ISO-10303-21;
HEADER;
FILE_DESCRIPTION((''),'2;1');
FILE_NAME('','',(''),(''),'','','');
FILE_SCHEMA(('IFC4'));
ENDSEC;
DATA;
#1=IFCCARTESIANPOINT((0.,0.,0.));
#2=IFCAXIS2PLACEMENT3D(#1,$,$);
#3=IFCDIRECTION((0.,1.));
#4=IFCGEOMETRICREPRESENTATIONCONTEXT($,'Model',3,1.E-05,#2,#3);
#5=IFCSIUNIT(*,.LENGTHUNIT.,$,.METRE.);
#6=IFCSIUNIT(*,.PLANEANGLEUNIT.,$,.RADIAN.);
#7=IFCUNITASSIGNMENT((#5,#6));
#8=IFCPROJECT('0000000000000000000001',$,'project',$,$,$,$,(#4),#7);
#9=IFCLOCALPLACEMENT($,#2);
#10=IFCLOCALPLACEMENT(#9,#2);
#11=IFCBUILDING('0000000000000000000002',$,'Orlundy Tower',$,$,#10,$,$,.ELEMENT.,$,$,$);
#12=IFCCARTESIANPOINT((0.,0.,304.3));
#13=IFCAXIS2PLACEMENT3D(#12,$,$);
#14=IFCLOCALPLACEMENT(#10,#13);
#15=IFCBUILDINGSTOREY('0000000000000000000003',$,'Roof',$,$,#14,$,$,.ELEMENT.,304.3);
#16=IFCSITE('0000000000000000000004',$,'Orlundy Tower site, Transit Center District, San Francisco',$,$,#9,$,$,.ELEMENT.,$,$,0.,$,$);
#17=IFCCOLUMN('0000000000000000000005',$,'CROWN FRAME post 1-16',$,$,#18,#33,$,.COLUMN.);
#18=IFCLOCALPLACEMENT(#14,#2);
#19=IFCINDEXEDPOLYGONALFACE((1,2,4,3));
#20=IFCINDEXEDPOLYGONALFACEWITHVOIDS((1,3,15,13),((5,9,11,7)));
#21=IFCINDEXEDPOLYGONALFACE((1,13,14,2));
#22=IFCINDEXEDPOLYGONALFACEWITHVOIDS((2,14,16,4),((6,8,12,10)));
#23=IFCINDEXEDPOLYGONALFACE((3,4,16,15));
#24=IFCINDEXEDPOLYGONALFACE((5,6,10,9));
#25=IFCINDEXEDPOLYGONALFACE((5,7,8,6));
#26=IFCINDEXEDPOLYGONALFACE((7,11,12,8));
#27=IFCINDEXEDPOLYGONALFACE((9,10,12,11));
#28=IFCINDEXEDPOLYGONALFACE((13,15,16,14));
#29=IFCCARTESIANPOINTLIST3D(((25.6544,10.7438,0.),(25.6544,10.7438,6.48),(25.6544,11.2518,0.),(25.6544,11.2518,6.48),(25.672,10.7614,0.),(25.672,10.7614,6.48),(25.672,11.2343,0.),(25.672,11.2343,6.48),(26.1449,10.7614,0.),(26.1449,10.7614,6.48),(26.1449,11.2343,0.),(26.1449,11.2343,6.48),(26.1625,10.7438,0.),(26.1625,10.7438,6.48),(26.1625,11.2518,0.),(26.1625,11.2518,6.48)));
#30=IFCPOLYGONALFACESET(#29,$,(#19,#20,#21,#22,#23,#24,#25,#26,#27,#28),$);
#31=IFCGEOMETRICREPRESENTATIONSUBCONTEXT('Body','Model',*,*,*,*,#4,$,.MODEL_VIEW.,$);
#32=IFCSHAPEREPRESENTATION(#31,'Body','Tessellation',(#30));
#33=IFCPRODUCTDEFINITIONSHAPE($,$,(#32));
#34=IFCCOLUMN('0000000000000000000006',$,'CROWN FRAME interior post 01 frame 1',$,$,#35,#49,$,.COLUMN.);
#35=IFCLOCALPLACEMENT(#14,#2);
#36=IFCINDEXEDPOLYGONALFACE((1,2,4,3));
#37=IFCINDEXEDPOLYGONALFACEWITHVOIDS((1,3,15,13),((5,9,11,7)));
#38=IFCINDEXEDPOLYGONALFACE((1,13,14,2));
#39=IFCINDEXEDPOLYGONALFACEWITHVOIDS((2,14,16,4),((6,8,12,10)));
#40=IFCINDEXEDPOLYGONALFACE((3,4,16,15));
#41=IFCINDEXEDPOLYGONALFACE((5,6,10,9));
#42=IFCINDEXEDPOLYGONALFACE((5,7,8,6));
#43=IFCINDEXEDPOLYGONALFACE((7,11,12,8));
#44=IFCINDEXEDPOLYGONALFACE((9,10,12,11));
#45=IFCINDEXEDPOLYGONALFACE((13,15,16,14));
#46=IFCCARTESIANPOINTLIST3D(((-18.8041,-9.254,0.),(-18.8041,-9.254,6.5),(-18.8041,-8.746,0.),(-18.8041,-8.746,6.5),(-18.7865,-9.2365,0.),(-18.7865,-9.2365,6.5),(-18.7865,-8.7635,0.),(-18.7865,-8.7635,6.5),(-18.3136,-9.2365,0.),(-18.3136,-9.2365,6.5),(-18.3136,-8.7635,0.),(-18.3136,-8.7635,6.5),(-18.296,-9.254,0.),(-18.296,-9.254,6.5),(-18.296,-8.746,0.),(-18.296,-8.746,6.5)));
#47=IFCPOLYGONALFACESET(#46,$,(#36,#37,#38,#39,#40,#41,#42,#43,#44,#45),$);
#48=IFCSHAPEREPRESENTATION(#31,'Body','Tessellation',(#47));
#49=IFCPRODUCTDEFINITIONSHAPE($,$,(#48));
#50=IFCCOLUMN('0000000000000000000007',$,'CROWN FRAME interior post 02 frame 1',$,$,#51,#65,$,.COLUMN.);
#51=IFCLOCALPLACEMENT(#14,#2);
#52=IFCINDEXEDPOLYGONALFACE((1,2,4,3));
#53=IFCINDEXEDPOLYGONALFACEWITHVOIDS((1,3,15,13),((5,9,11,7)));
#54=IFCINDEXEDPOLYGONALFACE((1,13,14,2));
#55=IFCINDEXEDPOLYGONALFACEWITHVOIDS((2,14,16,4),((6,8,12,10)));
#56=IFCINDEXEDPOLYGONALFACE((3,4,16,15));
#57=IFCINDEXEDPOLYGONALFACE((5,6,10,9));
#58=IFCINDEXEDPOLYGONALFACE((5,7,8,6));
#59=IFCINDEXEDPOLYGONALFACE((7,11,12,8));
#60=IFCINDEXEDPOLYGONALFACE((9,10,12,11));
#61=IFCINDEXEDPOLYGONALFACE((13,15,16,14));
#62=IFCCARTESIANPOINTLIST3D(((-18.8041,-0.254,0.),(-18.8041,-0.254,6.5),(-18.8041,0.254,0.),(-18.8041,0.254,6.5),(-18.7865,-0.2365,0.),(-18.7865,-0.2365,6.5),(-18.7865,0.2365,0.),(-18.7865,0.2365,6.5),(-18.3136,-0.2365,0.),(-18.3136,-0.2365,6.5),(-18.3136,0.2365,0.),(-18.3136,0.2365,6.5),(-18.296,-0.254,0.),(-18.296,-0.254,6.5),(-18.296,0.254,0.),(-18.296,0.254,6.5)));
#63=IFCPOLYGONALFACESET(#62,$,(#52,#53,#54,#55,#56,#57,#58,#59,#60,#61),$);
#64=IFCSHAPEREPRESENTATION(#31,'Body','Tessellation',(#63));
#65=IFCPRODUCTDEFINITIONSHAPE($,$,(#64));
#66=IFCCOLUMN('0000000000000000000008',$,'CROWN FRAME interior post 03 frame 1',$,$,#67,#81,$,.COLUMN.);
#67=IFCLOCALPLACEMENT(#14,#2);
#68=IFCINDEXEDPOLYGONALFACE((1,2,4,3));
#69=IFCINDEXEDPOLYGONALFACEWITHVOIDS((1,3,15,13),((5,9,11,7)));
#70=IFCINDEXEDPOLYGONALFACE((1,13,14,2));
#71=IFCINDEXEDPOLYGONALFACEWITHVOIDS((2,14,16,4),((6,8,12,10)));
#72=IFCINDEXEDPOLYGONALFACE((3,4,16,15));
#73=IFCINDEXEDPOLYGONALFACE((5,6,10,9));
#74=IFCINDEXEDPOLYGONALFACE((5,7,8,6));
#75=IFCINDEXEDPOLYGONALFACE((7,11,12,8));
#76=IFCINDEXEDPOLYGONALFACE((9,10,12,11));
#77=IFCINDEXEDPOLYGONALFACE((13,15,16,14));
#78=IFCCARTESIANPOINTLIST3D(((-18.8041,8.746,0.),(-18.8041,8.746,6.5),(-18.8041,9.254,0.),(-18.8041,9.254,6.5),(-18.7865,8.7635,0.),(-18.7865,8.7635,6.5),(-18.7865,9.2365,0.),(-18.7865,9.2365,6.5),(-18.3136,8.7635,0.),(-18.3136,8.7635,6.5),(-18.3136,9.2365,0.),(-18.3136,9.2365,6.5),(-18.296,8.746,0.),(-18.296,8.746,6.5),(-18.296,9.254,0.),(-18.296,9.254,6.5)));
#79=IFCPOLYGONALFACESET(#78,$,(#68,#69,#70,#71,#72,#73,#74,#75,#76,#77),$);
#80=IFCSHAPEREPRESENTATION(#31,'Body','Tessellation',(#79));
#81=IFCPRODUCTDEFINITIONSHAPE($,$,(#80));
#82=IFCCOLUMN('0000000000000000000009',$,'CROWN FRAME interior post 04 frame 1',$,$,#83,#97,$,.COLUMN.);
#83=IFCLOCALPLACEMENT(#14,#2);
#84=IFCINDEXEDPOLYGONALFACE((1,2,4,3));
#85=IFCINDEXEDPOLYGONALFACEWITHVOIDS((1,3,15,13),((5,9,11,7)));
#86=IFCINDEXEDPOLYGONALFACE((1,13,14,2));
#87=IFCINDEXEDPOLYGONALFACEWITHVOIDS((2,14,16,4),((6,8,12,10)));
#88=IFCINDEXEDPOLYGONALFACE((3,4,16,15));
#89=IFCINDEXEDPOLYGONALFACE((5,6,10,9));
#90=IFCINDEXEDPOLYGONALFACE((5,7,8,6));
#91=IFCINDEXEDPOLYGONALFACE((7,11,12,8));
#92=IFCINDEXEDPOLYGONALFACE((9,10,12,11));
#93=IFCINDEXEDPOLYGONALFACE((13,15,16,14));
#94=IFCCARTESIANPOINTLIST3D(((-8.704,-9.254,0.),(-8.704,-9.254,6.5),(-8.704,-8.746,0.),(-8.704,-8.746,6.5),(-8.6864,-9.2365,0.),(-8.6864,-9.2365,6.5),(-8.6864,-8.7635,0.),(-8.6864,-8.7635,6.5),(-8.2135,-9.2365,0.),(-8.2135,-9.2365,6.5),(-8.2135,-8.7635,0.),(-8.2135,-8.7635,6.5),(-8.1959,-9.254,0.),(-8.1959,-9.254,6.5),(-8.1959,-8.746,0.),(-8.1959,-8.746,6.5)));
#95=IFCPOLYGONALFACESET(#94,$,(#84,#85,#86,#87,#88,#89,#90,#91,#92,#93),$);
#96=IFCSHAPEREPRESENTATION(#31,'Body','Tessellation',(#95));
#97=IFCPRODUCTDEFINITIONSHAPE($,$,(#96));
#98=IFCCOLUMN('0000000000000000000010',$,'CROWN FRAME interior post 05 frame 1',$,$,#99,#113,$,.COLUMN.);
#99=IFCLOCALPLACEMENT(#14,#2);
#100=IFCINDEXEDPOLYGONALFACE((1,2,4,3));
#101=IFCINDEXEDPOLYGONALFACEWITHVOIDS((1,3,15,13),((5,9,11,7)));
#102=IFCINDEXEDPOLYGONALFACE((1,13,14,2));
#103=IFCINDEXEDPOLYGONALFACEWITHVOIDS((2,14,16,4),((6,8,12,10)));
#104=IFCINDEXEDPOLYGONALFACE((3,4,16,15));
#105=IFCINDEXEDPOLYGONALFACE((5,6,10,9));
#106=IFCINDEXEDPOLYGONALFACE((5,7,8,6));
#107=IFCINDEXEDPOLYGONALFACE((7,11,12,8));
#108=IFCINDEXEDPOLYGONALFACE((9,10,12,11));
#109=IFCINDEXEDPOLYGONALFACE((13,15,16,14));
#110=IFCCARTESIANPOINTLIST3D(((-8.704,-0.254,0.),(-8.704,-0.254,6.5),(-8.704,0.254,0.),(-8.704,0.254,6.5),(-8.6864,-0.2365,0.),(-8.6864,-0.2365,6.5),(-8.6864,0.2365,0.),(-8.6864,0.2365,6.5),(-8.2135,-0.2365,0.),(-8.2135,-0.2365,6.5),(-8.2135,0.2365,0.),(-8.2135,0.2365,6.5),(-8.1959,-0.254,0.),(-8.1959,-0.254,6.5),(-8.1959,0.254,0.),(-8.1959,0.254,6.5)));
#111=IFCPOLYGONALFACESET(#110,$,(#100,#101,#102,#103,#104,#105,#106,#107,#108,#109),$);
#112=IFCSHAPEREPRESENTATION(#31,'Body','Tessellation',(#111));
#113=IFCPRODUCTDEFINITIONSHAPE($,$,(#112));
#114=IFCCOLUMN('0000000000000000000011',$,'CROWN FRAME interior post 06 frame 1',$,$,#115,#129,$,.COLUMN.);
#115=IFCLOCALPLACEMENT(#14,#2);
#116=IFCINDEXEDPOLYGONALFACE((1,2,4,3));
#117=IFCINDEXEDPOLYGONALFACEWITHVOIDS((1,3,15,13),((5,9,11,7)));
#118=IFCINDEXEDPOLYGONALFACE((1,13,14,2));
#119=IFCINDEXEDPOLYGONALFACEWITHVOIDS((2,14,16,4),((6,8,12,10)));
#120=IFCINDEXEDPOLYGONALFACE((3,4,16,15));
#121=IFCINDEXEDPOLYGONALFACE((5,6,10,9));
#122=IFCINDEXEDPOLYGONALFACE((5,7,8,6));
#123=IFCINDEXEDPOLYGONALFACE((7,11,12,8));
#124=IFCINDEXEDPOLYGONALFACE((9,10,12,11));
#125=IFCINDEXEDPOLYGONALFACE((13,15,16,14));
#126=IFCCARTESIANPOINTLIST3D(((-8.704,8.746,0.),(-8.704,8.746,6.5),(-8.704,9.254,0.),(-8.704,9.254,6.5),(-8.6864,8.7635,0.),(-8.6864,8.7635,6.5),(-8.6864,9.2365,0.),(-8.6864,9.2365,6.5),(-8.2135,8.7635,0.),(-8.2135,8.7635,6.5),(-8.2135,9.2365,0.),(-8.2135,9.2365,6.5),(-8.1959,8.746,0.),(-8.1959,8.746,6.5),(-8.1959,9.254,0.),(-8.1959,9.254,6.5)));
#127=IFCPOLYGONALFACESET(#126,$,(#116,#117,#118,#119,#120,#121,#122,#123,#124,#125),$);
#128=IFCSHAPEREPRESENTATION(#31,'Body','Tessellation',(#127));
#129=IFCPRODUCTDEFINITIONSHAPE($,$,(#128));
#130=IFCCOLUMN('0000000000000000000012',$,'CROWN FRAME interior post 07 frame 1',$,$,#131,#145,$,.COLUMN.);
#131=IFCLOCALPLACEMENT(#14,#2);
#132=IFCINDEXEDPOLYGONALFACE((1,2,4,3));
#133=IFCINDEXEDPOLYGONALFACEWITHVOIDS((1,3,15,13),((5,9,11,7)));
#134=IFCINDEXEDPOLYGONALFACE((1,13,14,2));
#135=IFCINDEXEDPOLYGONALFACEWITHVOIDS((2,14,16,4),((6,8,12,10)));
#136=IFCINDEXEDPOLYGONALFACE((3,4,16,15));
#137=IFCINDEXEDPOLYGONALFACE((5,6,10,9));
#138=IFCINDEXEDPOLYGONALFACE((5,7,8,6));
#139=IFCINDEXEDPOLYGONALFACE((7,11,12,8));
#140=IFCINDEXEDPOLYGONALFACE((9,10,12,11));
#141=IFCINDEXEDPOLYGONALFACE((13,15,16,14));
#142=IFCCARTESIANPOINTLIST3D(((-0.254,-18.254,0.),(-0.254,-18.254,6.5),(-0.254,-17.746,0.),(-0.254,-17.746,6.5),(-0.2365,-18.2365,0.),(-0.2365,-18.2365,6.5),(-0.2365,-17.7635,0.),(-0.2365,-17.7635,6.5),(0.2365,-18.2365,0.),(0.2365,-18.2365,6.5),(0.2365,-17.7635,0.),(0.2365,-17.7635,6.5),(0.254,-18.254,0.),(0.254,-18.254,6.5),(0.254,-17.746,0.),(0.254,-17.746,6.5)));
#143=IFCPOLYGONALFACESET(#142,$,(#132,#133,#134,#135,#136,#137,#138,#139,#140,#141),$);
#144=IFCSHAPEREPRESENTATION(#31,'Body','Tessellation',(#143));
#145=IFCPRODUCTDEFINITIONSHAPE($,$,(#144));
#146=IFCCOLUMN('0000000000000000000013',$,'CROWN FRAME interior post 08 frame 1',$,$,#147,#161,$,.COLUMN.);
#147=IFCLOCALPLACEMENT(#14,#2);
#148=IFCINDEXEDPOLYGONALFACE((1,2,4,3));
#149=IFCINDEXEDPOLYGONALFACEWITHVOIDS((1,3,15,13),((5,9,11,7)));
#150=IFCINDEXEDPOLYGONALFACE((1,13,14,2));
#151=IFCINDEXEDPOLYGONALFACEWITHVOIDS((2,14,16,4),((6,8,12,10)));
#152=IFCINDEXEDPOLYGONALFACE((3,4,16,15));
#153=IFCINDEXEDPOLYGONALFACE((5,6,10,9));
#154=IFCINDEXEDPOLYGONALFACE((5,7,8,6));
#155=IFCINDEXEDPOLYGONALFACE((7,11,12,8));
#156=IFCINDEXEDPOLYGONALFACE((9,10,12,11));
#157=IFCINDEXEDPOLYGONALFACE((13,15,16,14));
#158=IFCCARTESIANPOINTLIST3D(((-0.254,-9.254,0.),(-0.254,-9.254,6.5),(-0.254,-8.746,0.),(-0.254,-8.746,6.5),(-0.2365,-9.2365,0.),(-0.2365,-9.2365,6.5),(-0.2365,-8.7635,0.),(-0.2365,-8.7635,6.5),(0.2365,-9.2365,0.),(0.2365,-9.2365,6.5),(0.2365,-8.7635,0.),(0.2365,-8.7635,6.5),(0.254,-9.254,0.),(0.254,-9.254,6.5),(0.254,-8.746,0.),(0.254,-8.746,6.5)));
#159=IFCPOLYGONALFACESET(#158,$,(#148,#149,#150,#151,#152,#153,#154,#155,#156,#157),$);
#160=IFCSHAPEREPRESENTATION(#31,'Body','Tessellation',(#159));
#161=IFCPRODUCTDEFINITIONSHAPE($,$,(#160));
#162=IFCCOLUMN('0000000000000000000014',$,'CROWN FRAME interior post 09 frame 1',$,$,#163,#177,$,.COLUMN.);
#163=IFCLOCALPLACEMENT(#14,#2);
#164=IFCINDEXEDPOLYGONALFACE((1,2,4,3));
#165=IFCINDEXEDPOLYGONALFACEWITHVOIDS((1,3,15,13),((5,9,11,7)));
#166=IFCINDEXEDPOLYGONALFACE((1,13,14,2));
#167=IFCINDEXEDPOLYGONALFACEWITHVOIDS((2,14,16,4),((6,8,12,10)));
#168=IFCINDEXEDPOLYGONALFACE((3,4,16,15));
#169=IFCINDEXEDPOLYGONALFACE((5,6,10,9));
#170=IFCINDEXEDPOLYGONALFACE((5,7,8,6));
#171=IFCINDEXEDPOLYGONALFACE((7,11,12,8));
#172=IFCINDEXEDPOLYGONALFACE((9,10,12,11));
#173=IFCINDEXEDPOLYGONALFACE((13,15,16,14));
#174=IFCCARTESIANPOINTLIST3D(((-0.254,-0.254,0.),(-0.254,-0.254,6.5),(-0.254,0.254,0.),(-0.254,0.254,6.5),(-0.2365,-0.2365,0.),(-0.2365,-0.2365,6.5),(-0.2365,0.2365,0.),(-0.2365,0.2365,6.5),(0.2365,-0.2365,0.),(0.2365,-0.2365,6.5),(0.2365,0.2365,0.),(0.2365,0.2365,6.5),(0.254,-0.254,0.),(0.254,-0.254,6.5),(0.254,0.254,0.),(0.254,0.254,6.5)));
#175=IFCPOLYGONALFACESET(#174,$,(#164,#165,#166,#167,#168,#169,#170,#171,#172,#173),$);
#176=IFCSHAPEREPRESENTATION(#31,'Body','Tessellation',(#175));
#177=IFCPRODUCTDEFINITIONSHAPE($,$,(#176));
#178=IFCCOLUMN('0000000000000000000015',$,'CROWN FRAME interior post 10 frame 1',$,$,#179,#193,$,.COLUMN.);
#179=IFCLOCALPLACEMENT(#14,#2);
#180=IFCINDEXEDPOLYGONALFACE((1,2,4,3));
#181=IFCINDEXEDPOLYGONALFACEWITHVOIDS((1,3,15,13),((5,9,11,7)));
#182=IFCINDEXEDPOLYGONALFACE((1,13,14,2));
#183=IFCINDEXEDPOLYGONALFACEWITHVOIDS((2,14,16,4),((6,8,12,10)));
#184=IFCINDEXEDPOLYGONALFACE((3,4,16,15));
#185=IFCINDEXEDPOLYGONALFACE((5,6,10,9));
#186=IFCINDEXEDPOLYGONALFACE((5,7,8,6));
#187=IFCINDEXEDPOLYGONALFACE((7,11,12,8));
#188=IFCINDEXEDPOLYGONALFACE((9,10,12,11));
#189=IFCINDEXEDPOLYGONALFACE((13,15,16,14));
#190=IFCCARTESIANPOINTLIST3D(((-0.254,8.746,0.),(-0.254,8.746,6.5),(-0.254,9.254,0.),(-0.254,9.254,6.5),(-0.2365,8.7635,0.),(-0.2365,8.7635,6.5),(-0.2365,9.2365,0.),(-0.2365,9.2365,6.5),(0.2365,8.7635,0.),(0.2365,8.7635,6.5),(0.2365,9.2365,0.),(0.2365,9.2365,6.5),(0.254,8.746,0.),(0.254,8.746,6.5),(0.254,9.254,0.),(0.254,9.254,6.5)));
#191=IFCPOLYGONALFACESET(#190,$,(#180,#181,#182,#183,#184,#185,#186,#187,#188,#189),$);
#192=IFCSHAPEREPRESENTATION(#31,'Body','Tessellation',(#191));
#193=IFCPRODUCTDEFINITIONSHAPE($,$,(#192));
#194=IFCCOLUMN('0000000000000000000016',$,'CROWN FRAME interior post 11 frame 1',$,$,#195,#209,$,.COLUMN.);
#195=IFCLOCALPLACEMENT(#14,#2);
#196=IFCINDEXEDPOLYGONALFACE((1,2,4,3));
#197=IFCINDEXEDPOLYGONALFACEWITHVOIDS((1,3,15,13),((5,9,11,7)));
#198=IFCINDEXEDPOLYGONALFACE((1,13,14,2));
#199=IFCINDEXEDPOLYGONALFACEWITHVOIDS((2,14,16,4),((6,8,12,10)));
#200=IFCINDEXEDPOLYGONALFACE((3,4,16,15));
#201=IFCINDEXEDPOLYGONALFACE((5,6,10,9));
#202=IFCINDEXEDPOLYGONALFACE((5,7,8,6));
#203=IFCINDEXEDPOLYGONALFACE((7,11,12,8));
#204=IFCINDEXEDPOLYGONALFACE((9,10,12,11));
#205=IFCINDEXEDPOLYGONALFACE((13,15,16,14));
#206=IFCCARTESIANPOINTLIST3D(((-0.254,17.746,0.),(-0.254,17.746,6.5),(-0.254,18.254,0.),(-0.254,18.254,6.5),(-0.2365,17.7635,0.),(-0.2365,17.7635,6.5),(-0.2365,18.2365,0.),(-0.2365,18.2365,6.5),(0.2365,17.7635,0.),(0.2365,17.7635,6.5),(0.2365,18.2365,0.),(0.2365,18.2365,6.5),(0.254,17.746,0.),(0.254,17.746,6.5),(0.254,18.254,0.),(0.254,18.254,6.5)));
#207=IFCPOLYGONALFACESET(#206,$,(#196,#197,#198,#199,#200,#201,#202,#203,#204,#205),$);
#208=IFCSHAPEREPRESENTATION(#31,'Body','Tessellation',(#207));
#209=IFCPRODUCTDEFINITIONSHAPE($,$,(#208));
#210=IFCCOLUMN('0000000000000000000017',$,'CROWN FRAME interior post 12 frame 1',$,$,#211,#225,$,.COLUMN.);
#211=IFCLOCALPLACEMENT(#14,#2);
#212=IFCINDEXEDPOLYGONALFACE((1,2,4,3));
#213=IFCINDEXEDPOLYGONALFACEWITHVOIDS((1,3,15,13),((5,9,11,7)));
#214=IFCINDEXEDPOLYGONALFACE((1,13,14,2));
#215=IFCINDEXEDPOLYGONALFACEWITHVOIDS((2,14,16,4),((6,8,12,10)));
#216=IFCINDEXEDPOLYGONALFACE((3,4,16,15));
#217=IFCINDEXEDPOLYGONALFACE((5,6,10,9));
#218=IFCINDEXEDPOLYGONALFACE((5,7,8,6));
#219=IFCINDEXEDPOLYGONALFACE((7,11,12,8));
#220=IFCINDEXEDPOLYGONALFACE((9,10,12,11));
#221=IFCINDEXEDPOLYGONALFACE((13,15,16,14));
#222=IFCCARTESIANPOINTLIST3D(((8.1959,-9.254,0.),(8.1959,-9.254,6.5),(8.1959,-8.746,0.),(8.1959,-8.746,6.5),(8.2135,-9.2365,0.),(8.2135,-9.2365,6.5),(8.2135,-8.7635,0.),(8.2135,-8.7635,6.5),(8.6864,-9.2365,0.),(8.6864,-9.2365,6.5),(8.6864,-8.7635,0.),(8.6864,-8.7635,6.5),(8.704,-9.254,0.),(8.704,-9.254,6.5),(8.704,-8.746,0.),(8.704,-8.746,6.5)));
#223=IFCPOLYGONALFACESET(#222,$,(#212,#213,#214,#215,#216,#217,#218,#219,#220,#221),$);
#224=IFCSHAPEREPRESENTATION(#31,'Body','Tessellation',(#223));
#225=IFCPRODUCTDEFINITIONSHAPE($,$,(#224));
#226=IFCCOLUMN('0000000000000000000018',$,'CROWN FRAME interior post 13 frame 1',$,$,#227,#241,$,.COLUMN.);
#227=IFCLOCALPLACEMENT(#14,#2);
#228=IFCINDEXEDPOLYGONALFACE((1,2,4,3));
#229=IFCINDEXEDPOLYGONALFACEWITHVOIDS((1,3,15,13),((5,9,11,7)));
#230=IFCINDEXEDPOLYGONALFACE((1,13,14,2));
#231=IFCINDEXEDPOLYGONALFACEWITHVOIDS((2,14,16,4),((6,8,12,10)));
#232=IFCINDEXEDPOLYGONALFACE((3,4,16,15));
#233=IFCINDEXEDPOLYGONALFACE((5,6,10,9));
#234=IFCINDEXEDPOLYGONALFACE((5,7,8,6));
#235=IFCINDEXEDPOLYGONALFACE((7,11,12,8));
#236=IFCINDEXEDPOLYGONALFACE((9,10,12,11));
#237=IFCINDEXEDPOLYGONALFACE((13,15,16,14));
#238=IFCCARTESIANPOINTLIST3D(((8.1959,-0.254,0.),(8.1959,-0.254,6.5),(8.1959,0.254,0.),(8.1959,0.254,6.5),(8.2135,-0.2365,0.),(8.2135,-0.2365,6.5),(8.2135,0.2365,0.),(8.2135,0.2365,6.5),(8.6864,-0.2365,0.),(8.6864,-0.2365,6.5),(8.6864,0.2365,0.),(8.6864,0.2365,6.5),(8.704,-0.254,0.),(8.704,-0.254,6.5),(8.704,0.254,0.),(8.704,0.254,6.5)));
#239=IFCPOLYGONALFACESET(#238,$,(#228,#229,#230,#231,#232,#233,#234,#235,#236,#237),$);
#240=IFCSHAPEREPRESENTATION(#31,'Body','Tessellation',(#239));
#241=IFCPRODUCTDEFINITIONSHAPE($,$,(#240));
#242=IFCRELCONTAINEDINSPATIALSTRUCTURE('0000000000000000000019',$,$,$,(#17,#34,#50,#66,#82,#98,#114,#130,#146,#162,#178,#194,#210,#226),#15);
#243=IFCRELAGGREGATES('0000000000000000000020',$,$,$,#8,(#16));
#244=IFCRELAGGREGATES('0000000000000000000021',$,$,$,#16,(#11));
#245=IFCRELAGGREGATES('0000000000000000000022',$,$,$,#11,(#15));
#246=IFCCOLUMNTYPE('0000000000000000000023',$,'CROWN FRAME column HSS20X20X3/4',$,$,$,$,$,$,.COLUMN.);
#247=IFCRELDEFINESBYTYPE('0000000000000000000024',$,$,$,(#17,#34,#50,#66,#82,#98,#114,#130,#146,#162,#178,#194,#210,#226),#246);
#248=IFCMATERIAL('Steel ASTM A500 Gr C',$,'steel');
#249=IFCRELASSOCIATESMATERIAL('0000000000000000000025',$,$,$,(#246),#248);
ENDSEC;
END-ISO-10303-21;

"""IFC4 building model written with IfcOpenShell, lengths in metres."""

from ifc_helpers import new_model, si_unit, direction, frame, origin, origin_2d, place, context, subcontext, project, spatial, hollow_rectangle, extrude, material, material_profile, profile_set, type_object, element, save


model = new_model("IFC4")

# Units and contexts
model_context = context("Model", 3, precision=1e-05, world=origin(), true_north=direction((0.0, 1.0)))
body_context = subcontext(model_context, "Body", "Model", "MODEL_VIEW")
ifc_project = project(units=[si_unit("LENGTHUNIT", "METRE"), si_unit("PLANEANGLEUNIT", "RADIAN")], contexts=[model_context])

# Site, building, storey
site_placement = place(None, origin())
site = spatial("IfcSite", under=ifc_project, at=site_placement, Name="Orlundy Tower site, Transit Center District, San Francisco", CompositionType="ELEMENT", RefElevation=0.0)
building_placement = place(site_placement, origin())
building = spatial("IfcBuilding", under=site, at=building_placement, Name="Orlundy Tower", CompositionType="ELEMENT")
storey_placement = place(building_placement, frame((0.0, 0.0, 304.3)))
storey = spatial("IfcBuildingStorey", under=building, at=storey_placement, Name="Roof", CompositionType="ELEMENT", Elevation=304.3)

# Columns
ifc_material = material(Name="Steel ASTM A500 Gr C", Category="steel")
ifc_material_profile = material_profile(ifc_material, hollow_rectangle(XDim=0.5081, YDim=0.5081, WallThickness=0.0176, at=origin_2d()), Name="HSS20X20X3/4")
ifc_profile_set = profile_set([ifc_material_profile], Name="Steel ASTM A500 Gr C")
column_type = type_object("IfcColumnType", Name="CROWN FRAME column HSS20X20X3/4", PredefinedType="COLUMN", material=ifc_profile_set)
column_placement = place(storey_placement, frame((25.9084, 10.9978, 0.0), z_axis=(0.0, 0.0, 1.0), x_axis=(1.0, 0.0, 0.0)))
element("IfcColumn", 1, at=column_placement, inside=storey, type_object=column_type, Name="CROWN FRAME post 1-16", PredefinedType="COLUMN", context=body_context, shape_type="SweptSolid", body=[
    extrude(hollow_rectangle(XDim=0.5081, YDim=0.5081, WallThickness=0.0176, at=origin_2d()), origin(), (0.0, 0.0, 1.0), 6.48),
])
for number, where, z_axis, x_axis, name in (
    (2, (-18.55, -9.0, 0.0), (0.0, 0.0, 1.0), (1.0, 0.0, 0.0), "CROWN FRAME interior post 01 frame 1"),
    (3, (-18.55, 0.0, 0.0), (0.0, 0.0, 1.0), (1.0, 0.0, 0.0), "CROWN FRAME interior post 02 frame 1"),
    (4, (-18.55, 9.0, 0.0), (0.0, 0.0, 1.0), (1.0, 0.0, 0.0), "CROWN FRAME interior post 03 frame 1"),
    (5, (-8.45, -9.0, 0.0), (0.0, 0.0, 1.0), (1.0, 0.0, 0.0), "CROWN FRAME interior post 04 frame 1"),
    (6, (-8.45, 0.0, 0.0), (0.0, 0.0, 1.0), (1.0, 0.0, 0.0), "CROWN FRAME interior post 05 frame 1"),
    (7, (-8.45, 9.0, 0.0), (0.0, 0.0, 1.0), (1.0, 0.0, 0.0), "CROWN FRAME interior post 06 frame 1"),
    (8, (0.0, -18.0, 0.0), (0.0, 0.0, 1.0), (1.0, 0.0, 0.0), "CROWN FRAME interior post 07 frame 1"),
    (9, (0.0, -9.0, 0.0), (0.0, 0.0, 1.0), (1.0, 0.0, 0.0), "CROWN FRAME interior post 08 frame 1"),
    (10, (0.0, 0.0, 0.0), (0.0, 0.0, 1.0), (1.0, 0.0, 0.0), "CROWN FRAME interior post 09 frame 1"),
    (11, (0.0, 9.0, 0.0), (0.0, 0.0, 1.0), (1.0, 0.0, 0.0), "CROWN FRAME interior post 10 frame 1"),
    (12, (0.0, 18.0, 0.0), (0.0, 0.0, 1.0), (1.0, 0.0, 0.0), "CROWN FRAME interior post 11 frame 1"),
    (13, (8.45, -9.0, 0.0), (0.0, 0.0, 1.0), (1.0, 0.0, 0.0), "CROWN FRAME interior post 12 frame 1"),
    (14, (8.45, 0.0, 0.0), (0.0, 0.0, 1.0), (1.0, 0.0, 0.0), "CROWN FRAME interior post 13 frame 1"),
):
    element("IfcColumn", number, at=place(storey_placement, frame(where, z_axis=z_axis, x_axis=x_axis)), inside=storey, type_object=column_type, Name=name, PredefinedType="COLUMN", context=body_context, shape_type="SweptSolid", body=[
        extrude(hollow_rectangle(XDim=0.5081, YDim=0.5081, WallThickness=0.0176, at=origin_2d()), origin(), (0.0, 0.0, 1.0), 6.5),
    ])

save(model, "model.ifc")
